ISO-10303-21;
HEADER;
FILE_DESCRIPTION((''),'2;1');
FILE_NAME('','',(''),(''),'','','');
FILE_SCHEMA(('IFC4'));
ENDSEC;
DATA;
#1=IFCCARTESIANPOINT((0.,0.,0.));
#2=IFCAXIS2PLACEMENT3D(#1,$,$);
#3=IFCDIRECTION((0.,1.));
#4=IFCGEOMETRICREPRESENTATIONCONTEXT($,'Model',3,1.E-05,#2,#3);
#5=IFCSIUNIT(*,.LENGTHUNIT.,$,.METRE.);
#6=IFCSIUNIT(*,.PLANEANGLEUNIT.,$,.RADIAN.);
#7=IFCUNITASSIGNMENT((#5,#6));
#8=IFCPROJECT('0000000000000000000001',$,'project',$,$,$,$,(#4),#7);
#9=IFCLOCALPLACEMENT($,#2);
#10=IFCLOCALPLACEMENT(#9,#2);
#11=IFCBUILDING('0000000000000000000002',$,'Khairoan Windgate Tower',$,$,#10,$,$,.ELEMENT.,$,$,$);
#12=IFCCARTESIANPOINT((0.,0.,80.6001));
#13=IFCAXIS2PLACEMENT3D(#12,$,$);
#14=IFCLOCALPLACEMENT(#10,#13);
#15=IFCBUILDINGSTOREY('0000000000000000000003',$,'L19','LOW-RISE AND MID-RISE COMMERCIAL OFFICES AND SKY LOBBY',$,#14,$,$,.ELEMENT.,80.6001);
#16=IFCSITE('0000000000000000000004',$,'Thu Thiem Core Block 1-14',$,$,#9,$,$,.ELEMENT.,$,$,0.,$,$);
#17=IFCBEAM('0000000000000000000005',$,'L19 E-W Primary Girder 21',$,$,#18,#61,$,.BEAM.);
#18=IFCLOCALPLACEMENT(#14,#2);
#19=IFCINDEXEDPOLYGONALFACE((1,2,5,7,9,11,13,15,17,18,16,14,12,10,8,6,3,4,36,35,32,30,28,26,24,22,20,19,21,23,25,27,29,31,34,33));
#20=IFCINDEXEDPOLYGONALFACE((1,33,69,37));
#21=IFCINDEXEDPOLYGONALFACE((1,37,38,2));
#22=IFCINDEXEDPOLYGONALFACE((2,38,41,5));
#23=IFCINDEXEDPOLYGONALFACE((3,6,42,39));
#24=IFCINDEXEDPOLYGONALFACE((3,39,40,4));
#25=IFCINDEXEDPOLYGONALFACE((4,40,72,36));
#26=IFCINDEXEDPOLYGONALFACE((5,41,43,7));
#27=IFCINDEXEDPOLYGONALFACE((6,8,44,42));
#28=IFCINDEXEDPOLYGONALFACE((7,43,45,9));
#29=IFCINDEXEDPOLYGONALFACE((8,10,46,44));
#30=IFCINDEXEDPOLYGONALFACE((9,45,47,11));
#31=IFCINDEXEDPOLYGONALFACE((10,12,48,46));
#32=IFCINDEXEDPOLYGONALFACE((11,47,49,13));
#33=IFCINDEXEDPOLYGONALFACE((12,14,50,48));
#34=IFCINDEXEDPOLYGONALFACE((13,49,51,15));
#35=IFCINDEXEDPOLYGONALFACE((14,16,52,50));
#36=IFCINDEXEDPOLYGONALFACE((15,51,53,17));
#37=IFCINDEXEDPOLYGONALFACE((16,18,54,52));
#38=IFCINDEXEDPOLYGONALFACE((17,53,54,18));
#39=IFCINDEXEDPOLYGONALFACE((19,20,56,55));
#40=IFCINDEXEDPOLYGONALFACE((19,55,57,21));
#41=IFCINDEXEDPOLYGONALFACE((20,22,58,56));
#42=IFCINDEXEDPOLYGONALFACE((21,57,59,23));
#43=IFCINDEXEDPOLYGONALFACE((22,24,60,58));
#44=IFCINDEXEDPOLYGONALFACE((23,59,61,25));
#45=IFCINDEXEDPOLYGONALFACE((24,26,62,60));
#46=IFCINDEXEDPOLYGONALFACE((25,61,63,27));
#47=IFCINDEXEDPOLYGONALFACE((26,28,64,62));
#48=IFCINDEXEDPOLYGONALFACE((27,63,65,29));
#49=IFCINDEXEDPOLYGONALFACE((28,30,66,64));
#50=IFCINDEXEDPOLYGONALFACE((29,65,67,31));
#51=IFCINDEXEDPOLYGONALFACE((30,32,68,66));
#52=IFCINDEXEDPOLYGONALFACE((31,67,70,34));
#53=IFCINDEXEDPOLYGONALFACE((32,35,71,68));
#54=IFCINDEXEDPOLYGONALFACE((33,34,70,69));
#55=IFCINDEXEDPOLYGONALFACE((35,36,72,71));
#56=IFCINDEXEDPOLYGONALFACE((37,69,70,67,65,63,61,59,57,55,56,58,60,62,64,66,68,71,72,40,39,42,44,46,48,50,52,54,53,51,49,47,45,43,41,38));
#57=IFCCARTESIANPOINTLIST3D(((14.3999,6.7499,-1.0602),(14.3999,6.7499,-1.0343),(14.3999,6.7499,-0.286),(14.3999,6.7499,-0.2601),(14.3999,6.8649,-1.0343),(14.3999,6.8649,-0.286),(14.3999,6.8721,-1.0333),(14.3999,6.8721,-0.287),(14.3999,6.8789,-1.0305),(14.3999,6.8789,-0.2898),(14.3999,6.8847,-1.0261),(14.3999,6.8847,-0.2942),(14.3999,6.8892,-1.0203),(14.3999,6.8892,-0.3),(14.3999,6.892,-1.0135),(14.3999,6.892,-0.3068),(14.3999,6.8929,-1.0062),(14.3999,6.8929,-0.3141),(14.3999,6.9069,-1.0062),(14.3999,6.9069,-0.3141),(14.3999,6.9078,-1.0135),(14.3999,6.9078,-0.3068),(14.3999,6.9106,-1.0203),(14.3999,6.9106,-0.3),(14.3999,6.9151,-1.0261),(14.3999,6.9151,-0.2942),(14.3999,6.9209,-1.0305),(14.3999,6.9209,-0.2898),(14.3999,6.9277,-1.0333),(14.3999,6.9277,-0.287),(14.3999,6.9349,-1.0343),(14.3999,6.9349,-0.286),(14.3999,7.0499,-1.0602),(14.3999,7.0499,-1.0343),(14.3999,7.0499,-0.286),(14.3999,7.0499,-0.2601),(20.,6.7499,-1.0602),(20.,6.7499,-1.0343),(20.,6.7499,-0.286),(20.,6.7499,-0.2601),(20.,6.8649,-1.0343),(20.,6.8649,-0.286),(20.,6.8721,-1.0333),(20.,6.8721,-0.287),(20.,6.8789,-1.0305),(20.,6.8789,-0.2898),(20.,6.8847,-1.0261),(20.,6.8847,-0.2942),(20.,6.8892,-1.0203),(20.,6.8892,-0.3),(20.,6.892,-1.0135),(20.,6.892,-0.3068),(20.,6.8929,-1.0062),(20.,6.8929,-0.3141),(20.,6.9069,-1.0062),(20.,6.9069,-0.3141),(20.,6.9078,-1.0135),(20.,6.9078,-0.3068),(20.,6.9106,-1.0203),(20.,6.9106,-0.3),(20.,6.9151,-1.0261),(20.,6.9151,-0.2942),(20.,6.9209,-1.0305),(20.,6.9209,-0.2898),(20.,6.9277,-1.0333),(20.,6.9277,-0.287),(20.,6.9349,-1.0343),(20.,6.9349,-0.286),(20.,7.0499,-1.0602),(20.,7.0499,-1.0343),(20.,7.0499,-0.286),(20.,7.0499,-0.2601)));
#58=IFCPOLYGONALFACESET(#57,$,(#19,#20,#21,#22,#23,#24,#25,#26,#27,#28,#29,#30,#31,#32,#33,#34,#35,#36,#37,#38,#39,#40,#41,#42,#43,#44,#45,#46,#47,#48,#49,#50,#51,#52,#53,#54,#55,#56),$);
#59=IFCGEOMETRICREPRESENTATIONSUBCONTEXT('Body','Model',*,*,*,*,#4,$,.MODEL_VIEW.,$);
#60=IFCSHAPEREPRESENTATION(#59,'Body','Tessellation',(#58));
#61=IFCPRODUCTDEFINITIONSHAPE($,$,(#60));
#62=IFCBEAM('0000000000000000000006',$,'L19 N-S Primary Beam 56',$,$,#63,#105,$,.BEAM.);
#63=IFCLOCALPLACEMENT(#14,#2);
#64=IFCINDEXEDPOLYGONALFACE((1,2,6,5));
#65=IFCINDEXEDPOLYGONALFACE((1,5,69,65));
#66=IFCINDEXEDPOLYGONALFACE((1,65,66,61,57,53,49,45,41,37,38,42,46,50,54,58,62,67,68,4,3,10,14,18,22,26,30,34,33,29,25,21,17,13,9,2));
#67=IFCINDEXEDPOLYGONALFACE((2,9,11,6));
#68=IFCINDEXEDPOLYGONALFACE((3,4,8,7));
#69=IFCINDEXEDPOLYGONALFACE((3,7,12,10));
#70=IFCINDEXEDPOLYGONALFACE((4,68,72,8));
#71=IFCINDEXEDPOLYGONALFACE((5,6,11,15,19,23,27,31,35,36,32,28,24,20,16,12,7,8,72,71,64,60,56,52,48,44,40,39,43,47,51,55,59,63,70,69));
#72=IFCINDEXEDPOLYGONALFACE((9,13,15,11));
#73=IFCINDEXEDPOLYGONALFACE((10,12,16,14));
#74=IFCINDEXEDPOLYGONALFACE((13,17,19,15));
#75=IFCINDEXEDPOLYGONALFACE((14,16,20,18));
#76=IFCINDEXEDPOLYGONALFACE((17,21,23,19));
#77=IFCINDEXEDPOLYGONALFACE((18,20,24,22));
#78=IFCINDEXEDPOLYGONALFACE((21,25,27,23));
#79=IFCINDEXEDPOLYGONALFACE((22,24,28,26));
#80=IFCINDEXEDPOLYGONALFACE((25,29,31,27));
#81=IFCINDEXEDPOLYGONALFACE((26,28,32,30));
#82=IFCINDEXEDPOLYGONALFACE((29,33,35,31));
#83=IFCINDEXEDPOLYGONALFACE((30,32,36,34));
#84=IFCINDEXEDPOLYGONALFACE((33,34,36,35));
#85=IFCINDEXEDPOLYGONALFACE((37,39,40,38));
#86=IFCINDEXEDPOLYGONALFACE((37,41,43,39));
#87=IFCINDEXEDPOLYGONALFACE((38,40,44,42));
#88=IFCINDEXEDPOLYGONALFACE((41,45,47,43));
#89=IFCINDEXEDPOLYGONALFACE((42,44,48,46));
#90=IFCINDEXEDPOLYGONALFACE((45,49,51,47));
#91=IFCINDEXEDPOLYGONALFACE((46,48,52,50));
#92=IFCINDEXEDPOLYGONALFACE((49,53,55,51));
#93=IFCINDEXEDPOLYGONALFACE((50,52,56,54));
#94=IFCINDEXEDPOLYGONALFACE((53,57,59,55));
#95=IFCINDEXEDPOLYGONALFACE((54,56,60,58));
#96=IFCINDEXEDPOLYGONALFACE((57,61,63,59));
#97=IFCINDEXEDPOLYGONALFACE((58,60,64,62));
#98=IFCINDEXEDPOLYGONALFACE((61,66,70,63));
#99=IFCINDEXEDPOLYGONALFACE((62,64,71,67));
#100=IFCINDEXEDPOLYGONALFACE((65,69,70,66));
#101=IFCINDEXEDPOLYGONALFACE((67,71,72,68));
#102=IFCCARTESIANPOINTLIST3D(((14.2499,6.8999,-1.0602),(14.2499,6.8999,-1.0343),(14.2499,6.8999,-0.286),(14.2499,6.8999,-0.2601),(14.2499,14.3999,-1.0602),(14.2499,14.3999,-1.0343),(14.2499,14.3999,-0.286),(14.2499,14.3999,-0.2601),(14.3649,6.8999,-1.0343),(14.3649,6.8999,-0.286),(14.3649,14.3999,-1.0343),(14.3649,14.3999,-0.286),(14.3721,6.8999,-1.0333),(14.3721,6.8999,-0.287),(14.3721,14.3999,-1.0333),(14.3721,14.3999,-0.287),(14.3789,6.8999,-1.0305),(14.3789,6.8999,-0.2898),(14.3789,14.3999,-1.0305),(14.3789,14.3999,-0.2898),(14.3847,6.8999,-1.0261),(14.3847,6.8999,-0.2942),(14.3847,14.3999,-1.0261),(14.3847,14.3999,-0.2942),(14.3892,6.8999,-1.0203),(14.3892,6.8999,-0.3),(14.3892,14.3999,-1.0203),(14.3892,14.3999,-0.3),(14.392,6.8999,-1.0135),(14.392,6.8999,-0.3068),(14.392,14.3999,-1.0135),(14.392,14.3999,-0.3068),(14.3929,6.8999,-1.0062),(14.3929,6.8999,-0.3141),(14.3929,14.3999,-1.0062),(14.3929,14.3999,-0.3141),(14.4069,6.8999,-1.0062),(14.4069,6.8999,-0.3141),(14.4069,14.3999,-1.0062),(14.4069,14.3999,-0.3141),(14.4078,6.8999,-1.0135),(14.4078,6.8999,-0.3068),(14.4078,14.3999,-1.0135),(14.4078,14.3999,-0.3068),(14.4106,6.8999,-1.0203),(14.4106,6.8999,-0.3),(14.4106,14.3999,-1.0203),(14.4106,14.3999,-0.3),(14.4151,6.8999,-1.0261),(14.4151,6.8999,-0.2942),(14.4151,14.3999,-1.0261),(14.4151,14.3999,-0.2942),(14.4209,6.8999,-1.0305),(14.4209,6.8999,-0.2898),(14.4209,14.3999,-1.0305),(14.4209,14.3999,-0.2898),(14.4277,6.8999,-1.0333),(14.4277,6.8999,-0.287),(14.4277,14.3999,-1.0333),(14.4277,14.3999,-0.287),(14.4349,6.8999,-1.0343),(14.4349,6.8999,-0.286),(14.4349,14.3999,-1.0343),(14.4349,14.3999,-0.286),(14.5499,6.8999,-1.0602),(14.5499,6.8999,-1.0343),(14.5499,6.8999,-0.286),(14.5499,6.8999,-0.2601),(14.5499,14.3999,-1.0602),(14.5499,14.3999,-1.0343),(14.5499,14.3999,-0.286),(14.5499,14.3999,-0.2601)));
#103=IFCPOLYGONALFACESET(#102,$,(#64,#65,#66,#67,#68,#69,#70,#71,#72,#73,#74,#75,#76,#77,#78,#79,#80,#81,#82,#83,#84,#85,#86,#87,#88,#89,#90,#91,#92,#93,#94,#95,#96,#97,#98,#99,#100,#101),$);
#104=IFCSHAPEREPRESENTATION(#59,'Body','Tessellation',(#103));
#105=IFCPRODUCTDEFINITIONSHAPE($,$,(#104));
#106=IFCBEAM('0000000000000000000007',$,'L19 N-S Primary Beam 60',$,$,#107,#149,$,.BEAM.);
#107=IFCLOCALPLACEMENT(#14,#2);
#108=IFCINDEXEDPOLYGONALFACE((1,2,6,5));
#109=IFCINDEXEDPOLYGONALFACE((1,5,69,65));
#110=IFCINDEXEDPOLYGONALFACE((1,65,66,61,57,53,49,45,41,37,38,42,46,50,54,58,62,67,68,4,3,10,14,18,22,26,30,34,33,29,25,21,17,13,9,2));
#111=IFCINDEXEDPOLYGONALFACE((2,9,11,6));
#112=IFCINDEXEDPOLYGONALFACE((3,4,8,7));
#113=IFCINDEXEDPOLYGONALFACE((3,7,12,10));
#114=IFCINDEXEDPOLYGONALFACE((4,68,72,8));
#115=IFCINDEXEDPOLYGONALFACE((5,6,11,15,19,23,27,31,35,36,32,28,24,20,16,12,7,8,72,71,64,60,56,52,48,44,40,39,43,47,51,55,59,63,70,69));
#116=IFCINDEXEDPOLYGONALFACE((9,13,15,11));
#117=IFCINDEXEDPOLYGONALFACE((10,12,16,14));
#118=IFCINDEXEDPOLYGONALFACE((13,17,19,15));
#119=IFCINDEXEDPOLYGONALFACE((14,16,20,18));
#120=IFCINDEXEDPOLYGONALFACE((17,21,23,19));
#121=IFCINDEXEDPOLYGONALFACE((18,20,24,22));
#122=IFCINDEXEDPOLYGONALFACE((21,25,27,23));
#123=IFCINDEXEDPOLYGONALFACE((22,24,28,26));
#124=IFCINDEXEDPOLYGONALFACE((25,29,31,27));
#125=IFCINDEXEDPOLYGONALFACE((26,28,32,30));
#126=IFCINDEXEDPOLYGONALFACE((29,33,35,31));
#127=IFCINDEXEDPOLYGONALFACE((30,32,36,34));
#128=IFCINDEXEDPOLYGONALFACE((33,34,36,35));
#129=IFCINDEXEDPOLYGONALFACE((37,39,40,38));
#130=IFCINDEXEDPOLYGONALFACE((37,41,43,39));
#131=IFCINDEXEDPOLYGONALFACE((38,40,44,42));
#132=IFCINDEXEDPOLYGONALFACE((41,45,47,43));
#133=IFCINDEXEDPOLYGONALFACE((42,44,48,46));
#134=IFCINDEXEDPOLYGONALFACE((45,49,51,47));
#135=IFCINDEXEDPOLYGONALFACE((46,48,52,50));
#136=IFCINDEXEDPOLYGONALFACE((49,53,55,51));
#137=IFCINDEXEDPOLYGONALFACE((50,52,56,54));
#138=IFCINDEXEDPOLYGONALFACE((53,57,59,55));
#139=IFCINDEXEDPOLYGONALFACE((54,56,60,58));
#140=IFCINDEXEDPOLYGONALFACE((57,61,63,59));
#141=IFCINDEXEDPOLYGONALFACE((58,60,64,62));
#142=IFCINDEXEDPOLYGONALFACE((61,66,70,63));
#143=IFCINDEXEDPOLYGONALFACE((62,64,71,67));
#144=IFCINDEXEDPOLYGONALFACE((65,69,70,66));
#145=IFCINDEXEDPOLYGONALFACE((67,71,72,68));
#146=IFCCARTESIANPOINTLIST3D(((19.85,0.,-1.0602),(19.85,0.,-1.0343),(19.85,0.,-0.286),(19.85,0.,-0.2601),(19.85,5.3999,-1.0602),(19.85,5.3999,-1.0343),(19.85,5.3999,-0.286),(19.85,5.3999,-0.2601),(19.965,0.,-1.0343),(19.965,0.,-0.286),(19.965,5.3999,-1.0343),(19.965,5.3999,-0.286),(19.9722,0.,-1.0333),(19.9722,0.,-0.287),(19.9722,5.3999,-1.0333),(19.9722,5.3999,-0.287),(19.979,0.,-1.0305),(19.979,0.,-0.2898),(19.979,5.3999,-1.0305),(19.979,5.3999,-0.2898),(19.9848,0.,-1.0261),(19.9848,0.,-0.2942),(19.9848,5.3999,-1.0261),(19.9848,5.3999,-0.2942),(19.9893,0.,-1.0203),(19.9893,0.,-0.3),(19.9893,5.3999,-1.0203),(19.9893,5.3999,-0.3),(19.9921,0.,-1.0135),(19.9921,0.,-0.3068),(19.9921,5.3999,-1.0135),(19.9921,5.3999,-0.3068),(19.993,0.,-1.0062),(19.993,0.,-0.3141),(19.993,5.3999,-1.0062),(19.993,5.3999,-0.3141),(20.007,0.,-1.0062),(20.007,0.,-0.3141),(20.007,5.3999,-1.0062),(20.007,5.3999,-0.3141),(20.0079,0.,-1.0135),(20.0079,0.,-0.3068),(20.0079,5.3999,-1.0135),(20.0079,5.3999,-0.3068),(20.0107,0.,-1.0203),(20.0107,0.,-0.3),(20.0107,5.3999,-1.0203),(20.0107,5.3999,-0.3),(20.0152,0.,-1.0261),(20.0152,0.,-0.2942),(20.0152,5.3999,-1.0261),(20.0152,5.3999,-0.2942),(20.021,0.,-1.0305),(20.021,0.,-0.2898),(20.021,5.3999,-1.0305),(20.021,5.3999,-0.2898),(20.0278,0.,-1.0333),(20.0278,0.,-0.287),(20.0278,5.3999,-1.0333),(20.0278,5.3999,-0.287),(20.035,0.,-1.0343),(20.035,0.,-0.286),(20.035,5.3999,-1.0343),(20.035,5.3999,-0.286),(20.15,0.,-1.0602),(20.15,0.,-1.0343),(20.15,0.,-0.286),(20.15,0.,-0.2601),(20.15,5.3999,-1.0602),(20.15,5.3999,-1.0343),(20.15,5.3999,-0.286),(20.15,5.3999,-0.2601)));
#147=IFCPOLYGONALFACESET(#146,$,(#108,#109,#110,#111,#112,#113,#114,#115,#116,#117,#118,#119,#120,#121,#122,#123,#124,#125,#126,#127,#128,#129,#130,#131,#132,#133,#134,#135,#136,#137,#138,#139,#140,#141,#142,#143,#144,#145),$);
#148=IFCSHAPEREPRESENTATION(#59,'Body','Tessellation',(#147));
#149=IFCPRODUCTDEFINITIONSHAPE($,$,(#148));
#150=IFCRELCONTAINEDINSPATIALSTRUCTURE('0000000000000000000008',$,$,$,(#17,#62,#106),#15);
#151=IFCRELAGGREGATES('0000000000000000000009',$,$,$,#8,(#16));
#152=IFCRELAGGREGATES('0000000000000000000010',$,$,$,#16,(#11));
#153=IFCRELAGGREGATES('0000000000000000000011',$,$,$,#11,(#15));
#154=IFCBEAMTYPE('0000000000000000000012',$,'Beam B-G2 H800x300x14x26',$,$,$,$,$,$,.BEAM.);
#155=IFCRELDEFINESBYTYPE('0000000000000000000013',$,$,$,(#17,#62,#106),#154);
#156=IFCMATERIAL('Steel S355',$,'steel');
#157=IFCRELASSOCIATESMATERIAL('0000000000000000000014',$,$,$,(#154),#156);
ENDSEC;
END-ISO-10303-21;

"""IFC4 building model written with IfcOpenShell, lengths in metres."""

from ifc_helpers import new_model, si_unit, direction, frame, origin, origin_2d, place, context, subcontext, project, spatial, i_section, extrude, material, material_profile, profile_set, type_object, element, save


model = new_model("IFC4")

# Units and contexts
model_context = context("Model", 3, precision=1e-05, world=origin(), true_north=direction((0.0, 1.0)))
body_context = subcontext(model_context, "Body", "Model", "MODEL_VIEW")
ifc_project = project(units=[si_unit("LENGTHUNIT", "METRE"), si_unit("PLANEANGLEUNIT", "RADIAN")], contexts=[model_context])

# Site, building, storey
site_placement = place(None, origin())
site = spatial("IfcSite", under=ifc_project, at=site_placement, Name="Thu Thiem Core Block 1-14", CompositionType="ELEMENT", RefElevation=0.0)
building_placement = place(site_placement, origin())
building = spatial("IfcBuilding", under=site, at=building_placement, Name="Khairoan Windgate Tower", CompositionType="ELEMENT")
storey_placement = place(building_placement, frame((0.0, 0.0, 80.6001)))
storey = spatial("IfcBuildingStorey", under=building, at=storey_placement, Name="L19", Description="LOW-RISE AND MID-RISE COMMERCIAL OFFICES AND SKY LOBBY", CompositionType="ELEMENT", Elevation=80.6001)

# Beams
ifc_material_1 = material(Name="Steel S355", Category="steel")
ifc_material_profile_1 = material_profile(ifc_material_1, i_section(OverallWidth=0.3, OverallDepth=0.8, WebThickness=0.0139, FlangeThickness=0.0259, FilletRadius=0.0281, at=origin_2d()))
ifc_profile_set_1 = profile_set([ifc_material_profile_1], Name="Steel S355")
beam_type_1 = type_object("IfcBeamType", Name="Beam B-G2 H800x300x14x26", PredefinedType="BEAM", material=ifc_profile_set_1)
beam_1_placement = place(storey_placement, frame((14.3999, 6.8999, -0.6602), z_axis=(1.0, 0.0, 0.0), x_axis=(0.0, 1.0, 0.0)))
element("IfcBeam", 1, at=beam_1_placement, inside=storey, type_object=beam_type_1, Name="L19 E-W Primary Girder 21", PredefinedType="BEAM", context=body_context, shape_type="SweptSolid", body=[
    extrude(i_section(OverallWidth=0.3, OverallDepth=0.8, WebThickness=0.0139, FlangeThickness=0.0259, FilletRadius=0.0281, at=origin_2d()), origin(), (0.0, 0.0, 1.0), 5.6001),
])
beam_2_placement = place(storey_placement, frame((14.3999, 6.8999, -0.6602), z_axis=(0.0, 1.0, 0.0), x_axis=(-1.0, 0.0, 0.0)))
element("IfcBeam", 2, at=beam_2_placement, inside=storey, type_object=beam_type_1, Name="L19 N-S Primary Beam 56", PredefinedType="BEAM", context=body_context, shape_type="SweptSolid", body=[
    extrude(i_section(OverallWidth=0.3, OverallDepth=0.8, WebThickness=0.0139, FlangeThickness=0.0259, FilletRadius=0.0281, at=origin_2d()), origin(), (0.0, 0.0, 1.0), 7.5),
])
beam_3_placement = place(storey_placement, frame((20.0, 0.0, -0.6602), z_axis=(0.0, 1.0, 0.0), x_axis=(-1.0, 0.0, 0.0)))
element("IfcBeam", 3, at=beam_3_placement, inside=storey, type_object=beam_type_1, Name="L19 N-S Primary Beam 60", PredefinedType="BEAM", context=body_context, shape_type="SweptSolid", body=[
    extrude(i_section(OverallWidth=0.3, OverallDepth=0.8, WebThickness=0.0139, FlangeThickness=0.0259, FilletRadius=0.0281, at=origin_2d()), origin(), (0.0, 0.0, 1.0), 5.3999),
])

save(model, "model.ifc")
